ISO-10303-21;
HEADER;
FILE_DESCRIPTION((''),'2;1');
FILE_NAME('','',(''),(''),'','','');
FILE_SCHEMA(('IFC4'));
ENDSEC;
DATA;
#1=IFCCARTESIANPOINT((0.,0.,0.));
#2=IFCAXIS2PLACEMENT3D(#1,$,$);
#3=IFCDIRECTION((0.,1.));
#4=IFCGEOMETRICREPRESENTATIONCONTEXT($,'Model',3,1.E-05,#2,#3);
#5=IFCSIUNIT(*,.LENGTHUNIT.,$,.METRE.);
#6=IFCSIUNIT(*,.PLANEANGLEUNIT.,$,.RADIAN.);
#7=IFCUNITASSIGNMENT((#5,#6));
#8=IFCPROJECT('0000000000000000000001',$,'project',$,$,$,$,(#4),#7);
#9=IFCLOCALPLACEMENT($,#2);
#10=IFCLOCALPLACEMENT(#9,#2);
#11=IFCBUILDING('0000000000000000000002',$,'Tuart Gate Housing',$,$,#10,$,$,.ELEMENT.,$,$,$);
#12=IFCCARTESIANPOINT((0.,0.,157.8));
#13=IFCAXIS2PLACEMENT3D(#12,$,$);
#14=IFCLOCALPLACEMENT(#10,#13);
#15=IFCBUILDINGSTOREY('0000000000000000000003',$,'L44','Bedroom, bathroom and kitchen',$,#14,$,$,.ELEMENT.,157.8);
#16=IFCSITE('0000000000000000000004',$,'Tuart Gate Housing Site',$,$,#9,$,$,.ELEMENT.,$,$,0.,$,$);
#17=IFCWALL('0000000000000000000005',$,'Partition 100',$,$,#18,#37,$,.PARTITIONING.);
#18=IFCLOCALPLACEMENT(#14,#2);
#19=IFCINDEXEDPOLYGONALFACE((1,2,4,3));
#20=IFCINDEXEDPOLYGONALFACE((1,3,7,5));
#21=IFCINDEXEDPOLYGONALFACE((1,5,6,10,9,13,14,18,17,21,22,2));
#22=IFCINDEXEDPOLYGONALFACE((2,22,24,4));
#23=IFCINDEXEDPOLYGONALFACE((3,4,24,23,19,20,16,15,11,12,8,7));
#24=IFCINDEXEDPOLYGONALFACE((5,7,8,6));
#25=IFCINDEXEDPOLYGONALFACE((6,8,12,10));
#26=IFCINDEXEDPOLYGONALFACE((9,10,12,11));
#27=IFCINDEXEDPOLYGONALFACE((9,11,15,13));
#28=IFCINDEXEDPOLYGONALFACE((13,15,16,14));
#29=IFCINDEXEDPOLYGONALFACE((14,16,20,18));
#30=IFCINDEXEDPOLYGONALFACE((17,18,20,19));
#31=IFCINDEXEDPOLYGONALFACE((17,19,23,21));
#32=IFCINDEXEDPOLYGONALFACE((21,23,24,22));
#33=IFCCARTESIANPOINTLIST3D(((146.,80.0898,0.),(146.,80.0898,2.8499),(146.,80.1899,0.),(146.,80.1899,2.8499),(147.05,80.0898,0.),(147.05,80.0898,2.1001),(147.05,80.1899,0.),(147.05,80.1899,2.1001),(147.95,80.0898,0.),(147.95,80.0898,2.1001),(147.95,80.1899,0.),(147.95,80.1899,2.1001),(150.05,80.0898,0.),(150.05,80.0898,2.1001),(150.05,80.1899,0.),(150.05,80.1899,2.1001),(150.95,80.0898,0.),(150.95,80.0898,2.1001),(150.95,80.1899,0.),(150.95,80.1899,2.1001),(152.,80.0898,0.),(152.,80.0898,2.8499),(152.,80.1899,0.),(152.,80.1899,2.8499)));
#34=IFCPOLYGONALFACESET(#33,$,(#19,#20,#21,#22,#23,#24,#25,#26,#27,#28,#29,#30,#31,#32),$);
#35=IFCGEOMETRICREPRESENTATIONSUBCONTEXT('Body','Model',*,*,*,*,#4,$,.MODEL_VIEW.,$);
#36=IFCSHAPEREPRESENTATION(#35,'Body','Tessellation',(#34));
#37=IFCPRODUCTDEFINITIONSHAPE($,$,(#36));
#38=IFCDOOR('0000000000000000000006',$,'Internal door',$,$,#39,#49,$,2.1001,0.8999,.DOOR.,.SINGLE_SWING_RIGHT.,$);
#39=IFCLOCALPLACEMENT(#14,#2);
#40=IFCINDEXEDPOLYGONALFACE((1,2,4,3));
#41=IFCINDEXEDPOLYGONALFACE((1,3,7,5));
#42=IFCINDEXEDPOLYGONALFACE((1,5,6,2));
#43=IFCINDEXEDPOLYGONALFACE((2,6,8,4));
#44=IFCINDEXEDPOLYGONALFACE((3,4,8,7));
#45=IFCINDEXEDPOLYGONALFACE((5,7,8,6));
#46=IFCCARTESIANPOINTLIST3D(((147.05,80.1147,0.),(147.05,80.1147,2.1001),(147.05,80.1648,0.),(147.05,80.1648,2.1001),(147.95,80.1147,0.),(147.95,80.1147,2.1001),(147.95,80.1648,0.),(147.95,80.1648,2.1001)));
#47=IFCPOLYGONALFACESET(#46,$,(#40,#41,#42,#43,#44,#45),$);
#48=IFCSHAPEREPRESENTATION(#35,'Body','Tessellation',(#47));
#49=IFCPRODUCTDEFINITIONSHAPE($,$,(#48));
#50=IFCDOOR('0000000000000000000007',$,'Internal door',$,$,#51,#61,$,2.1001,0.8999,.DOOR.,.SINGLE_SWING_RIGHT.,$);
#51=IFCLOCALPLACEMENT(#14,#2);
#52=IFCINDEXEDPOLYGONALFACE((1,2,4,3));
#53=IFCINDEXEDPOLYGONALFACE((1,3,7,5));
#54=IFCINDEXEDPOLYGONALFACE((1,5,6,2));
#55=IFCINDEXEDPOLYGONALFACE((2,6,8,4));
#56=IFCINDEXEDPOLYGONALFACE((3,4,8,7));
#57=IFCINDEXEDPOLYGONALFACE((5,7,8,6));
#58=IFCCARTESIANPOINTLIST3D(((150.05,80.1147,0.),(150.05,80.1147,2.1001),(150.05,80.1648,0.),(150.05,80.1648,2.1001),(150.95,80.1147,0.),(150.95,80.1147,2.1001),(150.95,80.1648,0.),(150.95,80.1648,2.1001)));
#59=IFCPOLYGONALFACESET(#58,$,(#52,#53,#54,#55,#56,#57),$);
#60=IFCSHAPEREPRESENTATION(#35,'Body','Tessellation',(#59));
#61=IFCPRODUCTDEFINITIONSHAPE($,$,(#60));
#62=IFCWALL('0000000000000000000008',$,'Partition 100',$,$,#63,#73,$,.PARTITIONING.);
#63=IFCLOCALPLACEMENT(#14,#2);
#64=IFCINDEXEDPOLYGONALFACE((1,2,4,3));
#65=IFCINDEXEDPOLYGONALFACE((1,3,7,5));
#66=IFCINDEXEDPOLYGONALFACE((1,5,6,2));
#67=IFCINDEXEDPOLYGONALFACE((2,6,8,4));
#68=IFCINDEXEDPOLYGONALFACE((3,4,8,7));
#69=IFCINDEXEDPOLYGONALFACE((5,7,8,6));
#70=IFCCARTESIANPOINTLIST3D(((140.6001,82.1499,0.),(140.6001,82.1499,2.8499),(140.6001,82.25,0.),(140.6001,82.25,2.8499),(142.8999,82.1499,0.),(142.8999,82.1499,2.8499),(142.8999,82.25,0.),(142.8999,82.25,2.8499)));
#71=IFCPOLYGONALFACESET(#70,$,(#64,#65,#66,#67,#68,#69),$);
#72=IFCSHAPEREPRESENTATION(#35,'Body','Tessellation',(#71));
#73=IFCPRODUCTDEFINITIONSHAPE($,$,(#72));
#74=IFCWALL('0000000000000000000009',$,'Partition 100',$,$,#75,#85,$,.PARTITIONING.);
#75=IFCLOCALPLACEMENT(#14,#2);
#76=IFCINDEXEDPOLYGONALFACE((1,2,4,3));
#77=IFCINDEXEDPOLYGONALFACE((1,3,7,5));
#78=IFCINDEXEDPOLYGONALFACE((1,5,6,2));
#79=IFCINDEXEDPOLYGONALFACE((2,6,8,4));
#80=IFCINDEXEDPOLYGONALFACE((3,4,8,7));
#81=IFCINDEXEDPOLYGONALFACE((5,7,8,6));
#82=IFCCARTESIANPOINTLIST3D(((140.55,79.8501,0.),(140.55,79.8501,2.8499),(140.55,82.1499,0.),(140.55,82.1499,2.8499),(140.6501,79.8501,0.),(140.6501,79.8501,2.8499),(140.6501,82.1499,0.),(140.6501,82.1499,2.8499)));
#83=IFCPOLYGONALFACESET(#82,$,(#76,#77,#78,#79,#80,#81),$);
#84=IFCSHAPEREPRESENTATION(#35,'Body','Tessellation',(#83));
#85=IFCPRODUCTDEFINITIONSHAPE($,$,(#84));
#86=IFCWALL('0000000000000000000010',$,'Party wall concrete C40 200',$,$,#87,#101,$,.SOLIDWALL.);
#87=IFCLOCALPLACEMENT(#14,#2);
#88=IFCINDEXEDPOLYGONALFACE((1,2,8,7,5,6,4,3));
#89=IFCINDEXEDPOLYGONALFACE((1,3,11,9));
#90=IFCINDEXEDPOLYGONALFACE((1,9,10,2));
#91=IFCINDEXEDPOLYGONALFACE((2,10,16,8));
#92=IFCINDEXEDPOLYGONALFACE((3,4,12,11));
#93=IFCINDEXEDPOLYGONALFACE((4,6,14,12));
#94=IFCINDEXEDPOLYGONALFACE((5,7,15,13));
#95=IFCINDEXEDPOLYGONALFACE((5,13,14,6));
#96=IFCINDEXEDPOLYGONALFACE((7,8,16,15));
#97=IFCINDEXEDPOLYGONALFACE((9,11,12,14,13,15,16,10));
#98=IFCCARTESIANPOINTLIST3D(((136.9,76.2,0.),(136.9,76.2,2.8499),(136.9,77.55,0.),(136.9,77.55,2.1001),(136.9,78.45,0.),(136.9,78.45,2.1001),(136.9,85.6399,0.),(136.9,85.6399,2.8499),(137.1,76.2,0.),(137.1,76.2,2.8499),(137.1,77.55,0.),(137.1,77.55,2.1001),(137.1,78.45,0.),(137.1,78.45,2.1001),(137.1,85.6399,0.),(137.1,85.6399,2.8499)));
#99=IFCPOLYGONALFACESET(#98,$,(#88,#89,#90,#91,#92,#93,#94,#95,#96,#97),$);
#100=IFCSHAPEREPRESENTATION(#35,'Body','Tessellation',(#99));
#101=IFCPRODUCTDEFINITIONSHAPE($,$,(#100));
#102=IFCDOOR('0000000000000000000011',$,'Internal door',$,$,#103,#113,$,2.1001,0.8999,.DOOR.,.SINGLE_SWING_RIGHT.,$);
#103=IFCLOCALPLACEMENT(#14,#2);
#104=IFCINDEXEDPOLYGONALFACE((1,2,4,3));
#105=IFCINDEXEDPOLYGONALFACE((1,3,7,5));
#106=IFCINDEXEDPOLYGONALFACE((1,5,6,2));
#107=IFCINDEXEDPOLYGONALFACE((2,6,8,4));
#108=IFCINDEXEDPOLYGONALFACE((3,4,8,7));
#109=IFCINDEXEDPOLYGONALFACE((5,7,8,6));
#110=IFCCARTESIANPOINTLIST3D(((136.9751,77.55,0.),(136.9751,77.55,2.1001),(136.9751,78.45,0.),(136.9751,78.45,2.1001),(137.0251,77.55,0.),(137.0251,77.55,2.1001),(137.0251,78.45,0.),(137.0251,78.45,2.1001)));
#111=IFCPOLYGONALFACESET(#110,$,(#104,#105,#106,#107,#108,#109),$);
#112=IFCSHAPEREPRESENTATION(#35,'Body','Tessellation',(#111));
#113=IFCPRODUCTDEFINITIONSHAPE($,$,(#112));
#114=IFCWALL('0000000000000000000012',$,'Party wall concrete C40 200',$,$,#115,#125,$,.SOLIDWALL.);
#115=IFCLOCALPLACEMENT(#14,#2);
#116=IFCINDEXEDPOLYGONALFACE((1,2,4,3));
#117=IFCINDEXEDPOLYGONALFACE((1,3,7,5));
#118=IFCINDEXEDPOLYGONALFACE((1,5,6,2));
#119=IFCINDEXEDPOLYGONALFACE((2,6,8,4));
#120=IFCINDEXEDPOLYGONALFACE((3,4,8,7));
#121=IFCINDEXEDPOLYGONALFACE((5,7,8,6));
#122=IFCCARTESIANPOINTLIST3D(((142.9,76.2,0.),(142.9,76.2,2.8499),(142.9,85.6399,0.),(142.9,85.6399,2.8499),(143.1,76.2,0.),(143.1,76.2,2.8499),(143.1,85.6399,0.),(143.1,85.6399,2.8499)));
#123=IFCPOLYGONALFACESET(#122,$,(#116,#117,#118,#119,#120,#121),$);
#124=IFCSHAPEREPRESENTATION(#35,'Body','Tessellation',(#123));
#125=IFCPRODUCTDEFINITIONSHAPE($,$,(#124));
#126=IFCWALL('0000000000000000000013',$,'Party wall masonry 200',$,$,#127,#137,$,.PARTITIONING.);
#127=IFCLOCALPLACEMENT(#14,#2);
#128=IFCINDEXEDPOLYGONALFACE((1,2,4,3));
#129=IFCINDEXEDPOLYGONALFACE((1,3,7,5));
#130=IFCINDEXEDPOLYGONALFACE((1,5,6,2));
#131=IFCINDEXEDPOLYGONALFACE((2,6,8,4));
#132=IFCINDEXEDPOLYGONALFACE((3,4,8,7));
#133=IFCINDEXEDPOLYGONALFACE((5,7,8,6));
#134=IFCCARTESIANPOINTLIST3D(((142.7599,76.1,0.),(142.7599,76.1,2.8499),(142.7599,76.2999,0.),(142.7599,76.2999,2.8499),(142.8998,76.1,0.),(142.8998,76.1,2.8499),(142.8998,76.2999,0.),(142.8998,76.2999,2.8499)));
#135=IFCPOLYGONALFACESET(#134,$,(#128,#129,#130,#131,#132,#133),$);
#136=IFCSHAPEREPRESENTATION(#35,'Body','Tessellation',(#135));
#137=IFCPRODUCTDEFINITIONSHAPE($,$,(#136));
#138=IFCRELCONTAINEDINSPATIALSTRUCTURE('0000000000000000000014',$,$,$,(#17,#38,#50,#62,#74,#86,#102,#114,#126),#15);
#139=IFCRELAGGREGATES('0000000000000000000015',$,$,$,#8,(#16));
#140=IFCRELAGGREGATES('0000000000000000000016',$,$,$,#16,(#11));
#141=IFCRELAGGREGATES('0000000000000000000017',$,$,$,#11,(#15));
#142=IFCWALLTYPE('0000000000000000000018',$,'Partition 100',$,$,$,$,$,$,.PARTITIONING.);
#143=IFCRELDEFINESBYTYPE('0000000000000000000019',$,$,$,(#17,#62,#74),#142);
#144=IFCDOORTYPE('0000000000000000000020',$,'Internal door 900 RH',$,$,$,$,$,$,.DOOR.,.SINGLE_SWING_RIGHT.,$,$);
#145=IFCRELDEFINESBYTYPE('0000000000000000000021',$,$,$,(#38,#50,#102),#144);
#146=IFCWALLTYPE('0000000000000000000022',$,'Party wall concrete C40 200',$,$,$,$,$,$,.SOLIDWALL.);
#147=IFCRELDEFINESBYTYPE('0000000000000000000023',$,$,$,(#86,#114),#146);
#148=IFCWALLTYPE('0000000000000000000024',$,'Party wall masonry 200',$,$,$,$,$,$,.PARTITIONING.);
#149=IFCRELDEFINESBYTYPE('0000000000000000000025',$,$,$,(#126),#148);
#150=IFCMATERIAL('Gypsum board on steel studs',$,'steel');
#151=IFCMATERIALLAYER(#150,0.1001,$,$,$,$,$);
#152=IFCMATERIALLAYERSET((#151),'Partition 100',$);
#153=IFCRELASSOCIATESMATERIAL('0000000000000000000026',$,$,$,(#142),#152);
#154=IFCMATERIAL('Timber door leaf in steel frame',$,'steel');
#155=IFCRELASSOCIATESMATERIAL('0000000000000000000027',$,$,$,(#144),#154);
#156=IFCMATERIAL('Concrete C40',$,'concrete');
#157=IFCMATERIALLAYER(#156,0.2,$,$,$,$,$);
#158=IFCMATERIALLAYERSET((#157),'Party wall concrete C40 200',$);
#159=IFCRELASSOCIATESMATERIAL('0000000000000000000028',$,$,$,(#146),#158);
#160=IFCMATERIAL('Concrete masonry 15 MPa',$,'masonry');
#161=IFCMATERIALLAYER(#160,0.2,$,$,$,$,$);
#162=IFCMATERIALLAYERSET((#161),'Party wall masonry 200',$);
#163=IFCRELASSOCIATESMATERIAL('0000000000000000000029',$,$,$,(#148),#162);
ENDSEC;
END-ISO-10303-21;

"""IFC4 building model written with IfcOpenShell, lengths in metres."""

from ifc_helpers import new_model, si_unit, direction, frame, frame_2d, origin, place, context, subcontext, project, spatial, rectangle, extrude, material, layer, layer_set, type_object, element, fill, save


model = new_model("IFC4")

# Units and contexts
model_context = context("Model", 3, precision=1e-05, world=origin(), true_north=direction((0.0, 1.0)))
body_context = subcontext(model_context, "Body", "Model", "MODEL_VIEW")
ifc_project = project(units=[si_unit("LENGTHUNIT", "METRE"), si_unit("PLANEANGLEUNIT", "RADIAN")], contexts=[model_context])

# Site, building, storey
site_placement = place(None, origin())
site = spatial("IfcSite", under=ifc_project, at=site_placement, Name="Tuart Gate Housing Site", CompositionType="ELEMENT", RefElevation=0.0)
building_placement = place(site_placement, origin())
building = spatial("IfcBuilding", under=site, at=building_placement, Name="Tuart Gate Housing", CompositionType="ELEMENT")
storey_placement = place(building_placement, frame((0.0, 0.0, 157.8)))
storey = spatial("IfcBuildingStorey", under=building, at=storey_placement, Name="L44", Description="Bedroom, bathroom and kitchen", CompositionType="ELEMENT", Elevation=157.8)

# Shared definitions
ifc_material_1 = material(Name="Gypsum board on steel studs", Category="steel")
ifc_layer_1 = layer(ifc_material_1, 0.1001)
ifc_layer_set_1 = layer_set([ifc_layer_1], Name="Partition 100")
wall_type_1 = type_object("IfcWallType", Name="Partition 100", PredefinedType="PARTITIONING", material=ifc_layer_set_1)

# Wall, openings, doors
ifc_material_2 = material(Name="Timber door leaf in steel frame", Category="steel")
door_type_1 = type_object("IfcDoorType", Name="Internal door 900 RH", OperationType="SINGLE_SWING_RIGHT", PredefinedType="DOOR", material=ifc_material_2)
wall_1_placement = place(storey_placement, frame((146.0, 80.1399, 0.0), z_axis=(0.0, 0.0, 1.0), x_axis=(1.0, 0.0, 0.0)))
wall_1 = element("IfcWall", 1, at=wall_1_placement, inside=storey, type_object=wall_type_1, Name="Partition 100", PredefinedType="PARTITIONING", context=body_context, shape_type="SweptSolid", body=[
    extrude(rectangle(XDim=6.0, YDim=0.1001, at=frame_2d((3.0, 0.0))), origin(), (0.0, 0.0, 1.0), 2.8499),
])
opening_1_placement = place(wall_1_placement, frame((1.05, 0.0, 0.0)))
opening_1 = element("IfcOpeningElement", 2, at=opening_1_placement, cuts=wall_1, PredefinedType="OPENING", context=body_context, shape_type="SweptSolid", body=[
    extrude(rectangle(XDim=0.8999, YDim=2.1001, at=frame_2d((0.45, 1.05))), frame((0.0, 0.0601, 0.0), z_axis=(0.0, -1.0, 0.0), x_axis=(1.0, 0.0, 0.0)), (0.0, 0.0, 1.0), 0.1201),
])
opening_2_placement = place(wall_1_placement, frame((4.05, 0.0, 0.0)))
opening_2 = element("IfcOpeningElement", 3, at=opening_2_placement, cuts=wall_1, PredefinedType="OPENING", context=body_context, shape_type="SweptSolid", body=[
    extrude(rectangle(XDim=0.8999, YDim=2.1001, at=frame_2d((0.45, 1.05))), frame((0.0, 0.0601, 0.0), z_axis=(0.0, -1.0, 0.0), x_axis=(1.0, 0.0, 0.0)), (0.0, 0.0, 1.0), 0.1201),
])
door_1_placement = place(opening_1_placement, frame((0.8999, 0.0, 0.0), z_axis=(0.0, 0.0, 1.0), x_axis=(-1.0, 0.0, 0.0)))
door_1 = element("IfcDoor", 4, at=door_1_placement, inside=storey, type_object=door_type_1, Name="Internal door", OperationType="SINGLE_SWING_RIGHT", OverallHeight=2.1001, OverallWidth=0.8999, PredefinedType="DOOR", context=body_context, shape_type="SweptSolid", body=[
    extrude(rectangle(XDim=0.8999, YDim=2.1001, at=frame_2d((0.45, 1.05))), frame((0.0, 0.0251, 0.0), z_axis=(0.0, -1.0, 0.0), x_axis=(1.0, 0.0, 0.0)), (0.0, 0.0, 1.0), 0.05),
])
fill(opening_1, door_1)
door_2_placement = place(opening_2_placement, frame((0.8999, 0.0, 0.0), z_axis=(0.0, 0.0, 1.0), x_axis=(-1.0, 0.0, 0.0)))
door_2 = element("IfcDoor", 5, at=door_2_placement, inside=storey, type_object=door_type_1, Name="Internal door", OperationType="SINGLE_SWING_RIGHT", OverallHeight=2.1001, OverallWidth=0.8999, PredefinedType="DOOR", context=body_context, shape_type="SweptSolid", body=[
    extrude(rectangle(XDim=0.8999, YDim=2.1001, at=frame_2d((0.45, 1.05))), frame((0.0, 0.0251, 0.0), z_axis=(0.0, -1.0, 0.0), x_axis=(1.0, 0.0, 0.0)), (0.0, 0.0, 1.0), 0.05),
])
fill(opening_2, door_2)

# Walls
for number, where, z_axis, x_axis, name in (
    (6, (140.6001, 82.2, 0.0), (0.0, 0.0, 1.0), (1.0, 0.0, 0.0), "Partition 100"),
    (7, (140.6001, 79.8501, 0.0), (0.0, 0.0, 1.0), (0.0, 1.0, 0.0), "Partition 100"),
):
    element("IfcWall", number, at=place(storey_placement, frame(where, z_axis=z_axis, x_axis=x_axis)), inside=storey, type_object=wall_type_1, Name=name, PredefinedType="PARTITIONING", context=body_context, shape_type="SweptSolid", body=[
        extrude(rectangle(XDim=2.2998, YDim=0.1001, at=frame_2d((1.1499, 0.0))), origin(), (0.0, 0.0, 1.0), 2.8499),
    ])

# Wall, opening, door
ifc_material_3 = material(Name="Concrete C40", Category="concrete")
ifc_layer_2 = layer(ifc_material_3, 0.2)
ifc_layer_set_2 = layer_set([ifc_layer_2], Name="Party wall concrete C40 200")
wall_type_2 = type_object("IfcWallType", Name="Party wall concrete C40 200", PredefinedType="SOLIDWALL", material=ifc_layer_set_2)
wall_2_placement = place(storey_placement, frame((137.0, 76.2, 0.0), z_axis=(0.0, 0.0, 1.0), x_axis=(0.0, 1.0, 0.0)))
wall_2 = element("IfcWall", 8, at=wall_2_placement, inside=storey, type_object=wall_type_2, Name="Party wall concrete C40 200", PredefinedType="SOLIDWALL", context=body_context, shape_type="SweptSolid", body=[
    extrude(rectangle(XDim=9.4399, YDim=0.2, at=frame_2d((4.72, 0.0))), origin(), (0.0, 0.0, 1.0), 2.8499),
])
opening_3_placement = place(wall_2_placement, frame((1.3501, 0.0, 0.0)))
opening_3 = element("IfcOpeningElement", 9, at=opening_3_placement, cuts=wall_2, PredefinedType="OPENING", context=body_context, shape_type="SweptSolid", body=[
    extrude(rectangle(XDim=0.8999, YDim=2.1001, at=frame_2d((0.45, 1.05))), frame((0.0, 0.1099, 0.0), z_axis=(0.0, -1.0, 0.0), x_axis=(1.0, 0.0, 0.0)), (0.0, 0.0, 1.0), 0.22),
])
door_3_placement = place(opening_3_placement, frame((0.8999, 0.0, 0.0), z_axis=(0.0, 0.0, 1.0), x_axis=(-1.0, 0.0, 0.0)))
door_3 = element("IfcDoor", 10, at=door_3_placement, inside=storey, type_object=door_type_1, Name="Internal door", OperationType="SINGLE_SWING_RIGHT", OverallHeight=2.1001, OverallWidth=0.8999, PredefinedType="DOOR", context=body_context, shape_type="SweptSolid", body=[
    extrude(rectangle(XDim=0.8999, YDim=2.1001, at=frame_2d((0.45, 1.05))), frame((0.0, 0.0251, 0.0), z_axis=(0.0, -1.0, 0.0), x_axis=(1.0, 0.0, 0.0)), (0.0, 0.0, 1.0), 0.05),
])
fill(opening_3, door_3)

# Walls
wall_3_placement = place(storey_placement, frame((143.0, 76.2, 0.0), z_axis=(0.0, 0.0, 1.0), x_axis=(0.0, 1.0, 0.0)))
element("IfcWall", 11, at=wall_3_placement, inside=storey, type_object=wall_type_2, Name="Party wall concrete C40 200", PredefinedType="SOLIDWALL", context=body_context, shape_type="SweptSolid", body=[
    extrude(rectangle(XDim=9.4399, YDim=0.2, at=frame_2d((4.72, 0.0))), origin(), (0.0, 0.0, 1.0), 2.8499),
])
ifc_material_4 = material(Name="Concrete masonry 15 MPa", Category="masonry")
ifc_layer_3 = layer(ifc_material_4, 0.2)
ifc_layer_set_3 = layer_set([ifc_layer_3], Name="Party wall masonry 200")
wall_type_3 = type_object("IfcWallType", Name="Party wall masonry 200", PredefinedType="PARTITIONING", material=ifc_layer_set_3)
wall_4_placement = place(storey_placement, frame((142.76, 76.2, 0.0), z_axis=(0.0, 0.0, 1.0), x_axis=(1.0, 0.0, 0.0)))
element("IfcWall", 12, at=wall_4_placement, inside=storey, type_object=wall_type_3, Name="Party wall masonry 200", PredefinedType="PARTITIONING", context=body_context, shape_type="SweptSolid", body=[
    extrude(rectangle(XDim=0.1399, YDim=0.2, at=frame_2d((0.0698, 0.0))), origin(), (0.0, 0.0, 1.0), 2.8499),
])

save(model, "model.ifc")
